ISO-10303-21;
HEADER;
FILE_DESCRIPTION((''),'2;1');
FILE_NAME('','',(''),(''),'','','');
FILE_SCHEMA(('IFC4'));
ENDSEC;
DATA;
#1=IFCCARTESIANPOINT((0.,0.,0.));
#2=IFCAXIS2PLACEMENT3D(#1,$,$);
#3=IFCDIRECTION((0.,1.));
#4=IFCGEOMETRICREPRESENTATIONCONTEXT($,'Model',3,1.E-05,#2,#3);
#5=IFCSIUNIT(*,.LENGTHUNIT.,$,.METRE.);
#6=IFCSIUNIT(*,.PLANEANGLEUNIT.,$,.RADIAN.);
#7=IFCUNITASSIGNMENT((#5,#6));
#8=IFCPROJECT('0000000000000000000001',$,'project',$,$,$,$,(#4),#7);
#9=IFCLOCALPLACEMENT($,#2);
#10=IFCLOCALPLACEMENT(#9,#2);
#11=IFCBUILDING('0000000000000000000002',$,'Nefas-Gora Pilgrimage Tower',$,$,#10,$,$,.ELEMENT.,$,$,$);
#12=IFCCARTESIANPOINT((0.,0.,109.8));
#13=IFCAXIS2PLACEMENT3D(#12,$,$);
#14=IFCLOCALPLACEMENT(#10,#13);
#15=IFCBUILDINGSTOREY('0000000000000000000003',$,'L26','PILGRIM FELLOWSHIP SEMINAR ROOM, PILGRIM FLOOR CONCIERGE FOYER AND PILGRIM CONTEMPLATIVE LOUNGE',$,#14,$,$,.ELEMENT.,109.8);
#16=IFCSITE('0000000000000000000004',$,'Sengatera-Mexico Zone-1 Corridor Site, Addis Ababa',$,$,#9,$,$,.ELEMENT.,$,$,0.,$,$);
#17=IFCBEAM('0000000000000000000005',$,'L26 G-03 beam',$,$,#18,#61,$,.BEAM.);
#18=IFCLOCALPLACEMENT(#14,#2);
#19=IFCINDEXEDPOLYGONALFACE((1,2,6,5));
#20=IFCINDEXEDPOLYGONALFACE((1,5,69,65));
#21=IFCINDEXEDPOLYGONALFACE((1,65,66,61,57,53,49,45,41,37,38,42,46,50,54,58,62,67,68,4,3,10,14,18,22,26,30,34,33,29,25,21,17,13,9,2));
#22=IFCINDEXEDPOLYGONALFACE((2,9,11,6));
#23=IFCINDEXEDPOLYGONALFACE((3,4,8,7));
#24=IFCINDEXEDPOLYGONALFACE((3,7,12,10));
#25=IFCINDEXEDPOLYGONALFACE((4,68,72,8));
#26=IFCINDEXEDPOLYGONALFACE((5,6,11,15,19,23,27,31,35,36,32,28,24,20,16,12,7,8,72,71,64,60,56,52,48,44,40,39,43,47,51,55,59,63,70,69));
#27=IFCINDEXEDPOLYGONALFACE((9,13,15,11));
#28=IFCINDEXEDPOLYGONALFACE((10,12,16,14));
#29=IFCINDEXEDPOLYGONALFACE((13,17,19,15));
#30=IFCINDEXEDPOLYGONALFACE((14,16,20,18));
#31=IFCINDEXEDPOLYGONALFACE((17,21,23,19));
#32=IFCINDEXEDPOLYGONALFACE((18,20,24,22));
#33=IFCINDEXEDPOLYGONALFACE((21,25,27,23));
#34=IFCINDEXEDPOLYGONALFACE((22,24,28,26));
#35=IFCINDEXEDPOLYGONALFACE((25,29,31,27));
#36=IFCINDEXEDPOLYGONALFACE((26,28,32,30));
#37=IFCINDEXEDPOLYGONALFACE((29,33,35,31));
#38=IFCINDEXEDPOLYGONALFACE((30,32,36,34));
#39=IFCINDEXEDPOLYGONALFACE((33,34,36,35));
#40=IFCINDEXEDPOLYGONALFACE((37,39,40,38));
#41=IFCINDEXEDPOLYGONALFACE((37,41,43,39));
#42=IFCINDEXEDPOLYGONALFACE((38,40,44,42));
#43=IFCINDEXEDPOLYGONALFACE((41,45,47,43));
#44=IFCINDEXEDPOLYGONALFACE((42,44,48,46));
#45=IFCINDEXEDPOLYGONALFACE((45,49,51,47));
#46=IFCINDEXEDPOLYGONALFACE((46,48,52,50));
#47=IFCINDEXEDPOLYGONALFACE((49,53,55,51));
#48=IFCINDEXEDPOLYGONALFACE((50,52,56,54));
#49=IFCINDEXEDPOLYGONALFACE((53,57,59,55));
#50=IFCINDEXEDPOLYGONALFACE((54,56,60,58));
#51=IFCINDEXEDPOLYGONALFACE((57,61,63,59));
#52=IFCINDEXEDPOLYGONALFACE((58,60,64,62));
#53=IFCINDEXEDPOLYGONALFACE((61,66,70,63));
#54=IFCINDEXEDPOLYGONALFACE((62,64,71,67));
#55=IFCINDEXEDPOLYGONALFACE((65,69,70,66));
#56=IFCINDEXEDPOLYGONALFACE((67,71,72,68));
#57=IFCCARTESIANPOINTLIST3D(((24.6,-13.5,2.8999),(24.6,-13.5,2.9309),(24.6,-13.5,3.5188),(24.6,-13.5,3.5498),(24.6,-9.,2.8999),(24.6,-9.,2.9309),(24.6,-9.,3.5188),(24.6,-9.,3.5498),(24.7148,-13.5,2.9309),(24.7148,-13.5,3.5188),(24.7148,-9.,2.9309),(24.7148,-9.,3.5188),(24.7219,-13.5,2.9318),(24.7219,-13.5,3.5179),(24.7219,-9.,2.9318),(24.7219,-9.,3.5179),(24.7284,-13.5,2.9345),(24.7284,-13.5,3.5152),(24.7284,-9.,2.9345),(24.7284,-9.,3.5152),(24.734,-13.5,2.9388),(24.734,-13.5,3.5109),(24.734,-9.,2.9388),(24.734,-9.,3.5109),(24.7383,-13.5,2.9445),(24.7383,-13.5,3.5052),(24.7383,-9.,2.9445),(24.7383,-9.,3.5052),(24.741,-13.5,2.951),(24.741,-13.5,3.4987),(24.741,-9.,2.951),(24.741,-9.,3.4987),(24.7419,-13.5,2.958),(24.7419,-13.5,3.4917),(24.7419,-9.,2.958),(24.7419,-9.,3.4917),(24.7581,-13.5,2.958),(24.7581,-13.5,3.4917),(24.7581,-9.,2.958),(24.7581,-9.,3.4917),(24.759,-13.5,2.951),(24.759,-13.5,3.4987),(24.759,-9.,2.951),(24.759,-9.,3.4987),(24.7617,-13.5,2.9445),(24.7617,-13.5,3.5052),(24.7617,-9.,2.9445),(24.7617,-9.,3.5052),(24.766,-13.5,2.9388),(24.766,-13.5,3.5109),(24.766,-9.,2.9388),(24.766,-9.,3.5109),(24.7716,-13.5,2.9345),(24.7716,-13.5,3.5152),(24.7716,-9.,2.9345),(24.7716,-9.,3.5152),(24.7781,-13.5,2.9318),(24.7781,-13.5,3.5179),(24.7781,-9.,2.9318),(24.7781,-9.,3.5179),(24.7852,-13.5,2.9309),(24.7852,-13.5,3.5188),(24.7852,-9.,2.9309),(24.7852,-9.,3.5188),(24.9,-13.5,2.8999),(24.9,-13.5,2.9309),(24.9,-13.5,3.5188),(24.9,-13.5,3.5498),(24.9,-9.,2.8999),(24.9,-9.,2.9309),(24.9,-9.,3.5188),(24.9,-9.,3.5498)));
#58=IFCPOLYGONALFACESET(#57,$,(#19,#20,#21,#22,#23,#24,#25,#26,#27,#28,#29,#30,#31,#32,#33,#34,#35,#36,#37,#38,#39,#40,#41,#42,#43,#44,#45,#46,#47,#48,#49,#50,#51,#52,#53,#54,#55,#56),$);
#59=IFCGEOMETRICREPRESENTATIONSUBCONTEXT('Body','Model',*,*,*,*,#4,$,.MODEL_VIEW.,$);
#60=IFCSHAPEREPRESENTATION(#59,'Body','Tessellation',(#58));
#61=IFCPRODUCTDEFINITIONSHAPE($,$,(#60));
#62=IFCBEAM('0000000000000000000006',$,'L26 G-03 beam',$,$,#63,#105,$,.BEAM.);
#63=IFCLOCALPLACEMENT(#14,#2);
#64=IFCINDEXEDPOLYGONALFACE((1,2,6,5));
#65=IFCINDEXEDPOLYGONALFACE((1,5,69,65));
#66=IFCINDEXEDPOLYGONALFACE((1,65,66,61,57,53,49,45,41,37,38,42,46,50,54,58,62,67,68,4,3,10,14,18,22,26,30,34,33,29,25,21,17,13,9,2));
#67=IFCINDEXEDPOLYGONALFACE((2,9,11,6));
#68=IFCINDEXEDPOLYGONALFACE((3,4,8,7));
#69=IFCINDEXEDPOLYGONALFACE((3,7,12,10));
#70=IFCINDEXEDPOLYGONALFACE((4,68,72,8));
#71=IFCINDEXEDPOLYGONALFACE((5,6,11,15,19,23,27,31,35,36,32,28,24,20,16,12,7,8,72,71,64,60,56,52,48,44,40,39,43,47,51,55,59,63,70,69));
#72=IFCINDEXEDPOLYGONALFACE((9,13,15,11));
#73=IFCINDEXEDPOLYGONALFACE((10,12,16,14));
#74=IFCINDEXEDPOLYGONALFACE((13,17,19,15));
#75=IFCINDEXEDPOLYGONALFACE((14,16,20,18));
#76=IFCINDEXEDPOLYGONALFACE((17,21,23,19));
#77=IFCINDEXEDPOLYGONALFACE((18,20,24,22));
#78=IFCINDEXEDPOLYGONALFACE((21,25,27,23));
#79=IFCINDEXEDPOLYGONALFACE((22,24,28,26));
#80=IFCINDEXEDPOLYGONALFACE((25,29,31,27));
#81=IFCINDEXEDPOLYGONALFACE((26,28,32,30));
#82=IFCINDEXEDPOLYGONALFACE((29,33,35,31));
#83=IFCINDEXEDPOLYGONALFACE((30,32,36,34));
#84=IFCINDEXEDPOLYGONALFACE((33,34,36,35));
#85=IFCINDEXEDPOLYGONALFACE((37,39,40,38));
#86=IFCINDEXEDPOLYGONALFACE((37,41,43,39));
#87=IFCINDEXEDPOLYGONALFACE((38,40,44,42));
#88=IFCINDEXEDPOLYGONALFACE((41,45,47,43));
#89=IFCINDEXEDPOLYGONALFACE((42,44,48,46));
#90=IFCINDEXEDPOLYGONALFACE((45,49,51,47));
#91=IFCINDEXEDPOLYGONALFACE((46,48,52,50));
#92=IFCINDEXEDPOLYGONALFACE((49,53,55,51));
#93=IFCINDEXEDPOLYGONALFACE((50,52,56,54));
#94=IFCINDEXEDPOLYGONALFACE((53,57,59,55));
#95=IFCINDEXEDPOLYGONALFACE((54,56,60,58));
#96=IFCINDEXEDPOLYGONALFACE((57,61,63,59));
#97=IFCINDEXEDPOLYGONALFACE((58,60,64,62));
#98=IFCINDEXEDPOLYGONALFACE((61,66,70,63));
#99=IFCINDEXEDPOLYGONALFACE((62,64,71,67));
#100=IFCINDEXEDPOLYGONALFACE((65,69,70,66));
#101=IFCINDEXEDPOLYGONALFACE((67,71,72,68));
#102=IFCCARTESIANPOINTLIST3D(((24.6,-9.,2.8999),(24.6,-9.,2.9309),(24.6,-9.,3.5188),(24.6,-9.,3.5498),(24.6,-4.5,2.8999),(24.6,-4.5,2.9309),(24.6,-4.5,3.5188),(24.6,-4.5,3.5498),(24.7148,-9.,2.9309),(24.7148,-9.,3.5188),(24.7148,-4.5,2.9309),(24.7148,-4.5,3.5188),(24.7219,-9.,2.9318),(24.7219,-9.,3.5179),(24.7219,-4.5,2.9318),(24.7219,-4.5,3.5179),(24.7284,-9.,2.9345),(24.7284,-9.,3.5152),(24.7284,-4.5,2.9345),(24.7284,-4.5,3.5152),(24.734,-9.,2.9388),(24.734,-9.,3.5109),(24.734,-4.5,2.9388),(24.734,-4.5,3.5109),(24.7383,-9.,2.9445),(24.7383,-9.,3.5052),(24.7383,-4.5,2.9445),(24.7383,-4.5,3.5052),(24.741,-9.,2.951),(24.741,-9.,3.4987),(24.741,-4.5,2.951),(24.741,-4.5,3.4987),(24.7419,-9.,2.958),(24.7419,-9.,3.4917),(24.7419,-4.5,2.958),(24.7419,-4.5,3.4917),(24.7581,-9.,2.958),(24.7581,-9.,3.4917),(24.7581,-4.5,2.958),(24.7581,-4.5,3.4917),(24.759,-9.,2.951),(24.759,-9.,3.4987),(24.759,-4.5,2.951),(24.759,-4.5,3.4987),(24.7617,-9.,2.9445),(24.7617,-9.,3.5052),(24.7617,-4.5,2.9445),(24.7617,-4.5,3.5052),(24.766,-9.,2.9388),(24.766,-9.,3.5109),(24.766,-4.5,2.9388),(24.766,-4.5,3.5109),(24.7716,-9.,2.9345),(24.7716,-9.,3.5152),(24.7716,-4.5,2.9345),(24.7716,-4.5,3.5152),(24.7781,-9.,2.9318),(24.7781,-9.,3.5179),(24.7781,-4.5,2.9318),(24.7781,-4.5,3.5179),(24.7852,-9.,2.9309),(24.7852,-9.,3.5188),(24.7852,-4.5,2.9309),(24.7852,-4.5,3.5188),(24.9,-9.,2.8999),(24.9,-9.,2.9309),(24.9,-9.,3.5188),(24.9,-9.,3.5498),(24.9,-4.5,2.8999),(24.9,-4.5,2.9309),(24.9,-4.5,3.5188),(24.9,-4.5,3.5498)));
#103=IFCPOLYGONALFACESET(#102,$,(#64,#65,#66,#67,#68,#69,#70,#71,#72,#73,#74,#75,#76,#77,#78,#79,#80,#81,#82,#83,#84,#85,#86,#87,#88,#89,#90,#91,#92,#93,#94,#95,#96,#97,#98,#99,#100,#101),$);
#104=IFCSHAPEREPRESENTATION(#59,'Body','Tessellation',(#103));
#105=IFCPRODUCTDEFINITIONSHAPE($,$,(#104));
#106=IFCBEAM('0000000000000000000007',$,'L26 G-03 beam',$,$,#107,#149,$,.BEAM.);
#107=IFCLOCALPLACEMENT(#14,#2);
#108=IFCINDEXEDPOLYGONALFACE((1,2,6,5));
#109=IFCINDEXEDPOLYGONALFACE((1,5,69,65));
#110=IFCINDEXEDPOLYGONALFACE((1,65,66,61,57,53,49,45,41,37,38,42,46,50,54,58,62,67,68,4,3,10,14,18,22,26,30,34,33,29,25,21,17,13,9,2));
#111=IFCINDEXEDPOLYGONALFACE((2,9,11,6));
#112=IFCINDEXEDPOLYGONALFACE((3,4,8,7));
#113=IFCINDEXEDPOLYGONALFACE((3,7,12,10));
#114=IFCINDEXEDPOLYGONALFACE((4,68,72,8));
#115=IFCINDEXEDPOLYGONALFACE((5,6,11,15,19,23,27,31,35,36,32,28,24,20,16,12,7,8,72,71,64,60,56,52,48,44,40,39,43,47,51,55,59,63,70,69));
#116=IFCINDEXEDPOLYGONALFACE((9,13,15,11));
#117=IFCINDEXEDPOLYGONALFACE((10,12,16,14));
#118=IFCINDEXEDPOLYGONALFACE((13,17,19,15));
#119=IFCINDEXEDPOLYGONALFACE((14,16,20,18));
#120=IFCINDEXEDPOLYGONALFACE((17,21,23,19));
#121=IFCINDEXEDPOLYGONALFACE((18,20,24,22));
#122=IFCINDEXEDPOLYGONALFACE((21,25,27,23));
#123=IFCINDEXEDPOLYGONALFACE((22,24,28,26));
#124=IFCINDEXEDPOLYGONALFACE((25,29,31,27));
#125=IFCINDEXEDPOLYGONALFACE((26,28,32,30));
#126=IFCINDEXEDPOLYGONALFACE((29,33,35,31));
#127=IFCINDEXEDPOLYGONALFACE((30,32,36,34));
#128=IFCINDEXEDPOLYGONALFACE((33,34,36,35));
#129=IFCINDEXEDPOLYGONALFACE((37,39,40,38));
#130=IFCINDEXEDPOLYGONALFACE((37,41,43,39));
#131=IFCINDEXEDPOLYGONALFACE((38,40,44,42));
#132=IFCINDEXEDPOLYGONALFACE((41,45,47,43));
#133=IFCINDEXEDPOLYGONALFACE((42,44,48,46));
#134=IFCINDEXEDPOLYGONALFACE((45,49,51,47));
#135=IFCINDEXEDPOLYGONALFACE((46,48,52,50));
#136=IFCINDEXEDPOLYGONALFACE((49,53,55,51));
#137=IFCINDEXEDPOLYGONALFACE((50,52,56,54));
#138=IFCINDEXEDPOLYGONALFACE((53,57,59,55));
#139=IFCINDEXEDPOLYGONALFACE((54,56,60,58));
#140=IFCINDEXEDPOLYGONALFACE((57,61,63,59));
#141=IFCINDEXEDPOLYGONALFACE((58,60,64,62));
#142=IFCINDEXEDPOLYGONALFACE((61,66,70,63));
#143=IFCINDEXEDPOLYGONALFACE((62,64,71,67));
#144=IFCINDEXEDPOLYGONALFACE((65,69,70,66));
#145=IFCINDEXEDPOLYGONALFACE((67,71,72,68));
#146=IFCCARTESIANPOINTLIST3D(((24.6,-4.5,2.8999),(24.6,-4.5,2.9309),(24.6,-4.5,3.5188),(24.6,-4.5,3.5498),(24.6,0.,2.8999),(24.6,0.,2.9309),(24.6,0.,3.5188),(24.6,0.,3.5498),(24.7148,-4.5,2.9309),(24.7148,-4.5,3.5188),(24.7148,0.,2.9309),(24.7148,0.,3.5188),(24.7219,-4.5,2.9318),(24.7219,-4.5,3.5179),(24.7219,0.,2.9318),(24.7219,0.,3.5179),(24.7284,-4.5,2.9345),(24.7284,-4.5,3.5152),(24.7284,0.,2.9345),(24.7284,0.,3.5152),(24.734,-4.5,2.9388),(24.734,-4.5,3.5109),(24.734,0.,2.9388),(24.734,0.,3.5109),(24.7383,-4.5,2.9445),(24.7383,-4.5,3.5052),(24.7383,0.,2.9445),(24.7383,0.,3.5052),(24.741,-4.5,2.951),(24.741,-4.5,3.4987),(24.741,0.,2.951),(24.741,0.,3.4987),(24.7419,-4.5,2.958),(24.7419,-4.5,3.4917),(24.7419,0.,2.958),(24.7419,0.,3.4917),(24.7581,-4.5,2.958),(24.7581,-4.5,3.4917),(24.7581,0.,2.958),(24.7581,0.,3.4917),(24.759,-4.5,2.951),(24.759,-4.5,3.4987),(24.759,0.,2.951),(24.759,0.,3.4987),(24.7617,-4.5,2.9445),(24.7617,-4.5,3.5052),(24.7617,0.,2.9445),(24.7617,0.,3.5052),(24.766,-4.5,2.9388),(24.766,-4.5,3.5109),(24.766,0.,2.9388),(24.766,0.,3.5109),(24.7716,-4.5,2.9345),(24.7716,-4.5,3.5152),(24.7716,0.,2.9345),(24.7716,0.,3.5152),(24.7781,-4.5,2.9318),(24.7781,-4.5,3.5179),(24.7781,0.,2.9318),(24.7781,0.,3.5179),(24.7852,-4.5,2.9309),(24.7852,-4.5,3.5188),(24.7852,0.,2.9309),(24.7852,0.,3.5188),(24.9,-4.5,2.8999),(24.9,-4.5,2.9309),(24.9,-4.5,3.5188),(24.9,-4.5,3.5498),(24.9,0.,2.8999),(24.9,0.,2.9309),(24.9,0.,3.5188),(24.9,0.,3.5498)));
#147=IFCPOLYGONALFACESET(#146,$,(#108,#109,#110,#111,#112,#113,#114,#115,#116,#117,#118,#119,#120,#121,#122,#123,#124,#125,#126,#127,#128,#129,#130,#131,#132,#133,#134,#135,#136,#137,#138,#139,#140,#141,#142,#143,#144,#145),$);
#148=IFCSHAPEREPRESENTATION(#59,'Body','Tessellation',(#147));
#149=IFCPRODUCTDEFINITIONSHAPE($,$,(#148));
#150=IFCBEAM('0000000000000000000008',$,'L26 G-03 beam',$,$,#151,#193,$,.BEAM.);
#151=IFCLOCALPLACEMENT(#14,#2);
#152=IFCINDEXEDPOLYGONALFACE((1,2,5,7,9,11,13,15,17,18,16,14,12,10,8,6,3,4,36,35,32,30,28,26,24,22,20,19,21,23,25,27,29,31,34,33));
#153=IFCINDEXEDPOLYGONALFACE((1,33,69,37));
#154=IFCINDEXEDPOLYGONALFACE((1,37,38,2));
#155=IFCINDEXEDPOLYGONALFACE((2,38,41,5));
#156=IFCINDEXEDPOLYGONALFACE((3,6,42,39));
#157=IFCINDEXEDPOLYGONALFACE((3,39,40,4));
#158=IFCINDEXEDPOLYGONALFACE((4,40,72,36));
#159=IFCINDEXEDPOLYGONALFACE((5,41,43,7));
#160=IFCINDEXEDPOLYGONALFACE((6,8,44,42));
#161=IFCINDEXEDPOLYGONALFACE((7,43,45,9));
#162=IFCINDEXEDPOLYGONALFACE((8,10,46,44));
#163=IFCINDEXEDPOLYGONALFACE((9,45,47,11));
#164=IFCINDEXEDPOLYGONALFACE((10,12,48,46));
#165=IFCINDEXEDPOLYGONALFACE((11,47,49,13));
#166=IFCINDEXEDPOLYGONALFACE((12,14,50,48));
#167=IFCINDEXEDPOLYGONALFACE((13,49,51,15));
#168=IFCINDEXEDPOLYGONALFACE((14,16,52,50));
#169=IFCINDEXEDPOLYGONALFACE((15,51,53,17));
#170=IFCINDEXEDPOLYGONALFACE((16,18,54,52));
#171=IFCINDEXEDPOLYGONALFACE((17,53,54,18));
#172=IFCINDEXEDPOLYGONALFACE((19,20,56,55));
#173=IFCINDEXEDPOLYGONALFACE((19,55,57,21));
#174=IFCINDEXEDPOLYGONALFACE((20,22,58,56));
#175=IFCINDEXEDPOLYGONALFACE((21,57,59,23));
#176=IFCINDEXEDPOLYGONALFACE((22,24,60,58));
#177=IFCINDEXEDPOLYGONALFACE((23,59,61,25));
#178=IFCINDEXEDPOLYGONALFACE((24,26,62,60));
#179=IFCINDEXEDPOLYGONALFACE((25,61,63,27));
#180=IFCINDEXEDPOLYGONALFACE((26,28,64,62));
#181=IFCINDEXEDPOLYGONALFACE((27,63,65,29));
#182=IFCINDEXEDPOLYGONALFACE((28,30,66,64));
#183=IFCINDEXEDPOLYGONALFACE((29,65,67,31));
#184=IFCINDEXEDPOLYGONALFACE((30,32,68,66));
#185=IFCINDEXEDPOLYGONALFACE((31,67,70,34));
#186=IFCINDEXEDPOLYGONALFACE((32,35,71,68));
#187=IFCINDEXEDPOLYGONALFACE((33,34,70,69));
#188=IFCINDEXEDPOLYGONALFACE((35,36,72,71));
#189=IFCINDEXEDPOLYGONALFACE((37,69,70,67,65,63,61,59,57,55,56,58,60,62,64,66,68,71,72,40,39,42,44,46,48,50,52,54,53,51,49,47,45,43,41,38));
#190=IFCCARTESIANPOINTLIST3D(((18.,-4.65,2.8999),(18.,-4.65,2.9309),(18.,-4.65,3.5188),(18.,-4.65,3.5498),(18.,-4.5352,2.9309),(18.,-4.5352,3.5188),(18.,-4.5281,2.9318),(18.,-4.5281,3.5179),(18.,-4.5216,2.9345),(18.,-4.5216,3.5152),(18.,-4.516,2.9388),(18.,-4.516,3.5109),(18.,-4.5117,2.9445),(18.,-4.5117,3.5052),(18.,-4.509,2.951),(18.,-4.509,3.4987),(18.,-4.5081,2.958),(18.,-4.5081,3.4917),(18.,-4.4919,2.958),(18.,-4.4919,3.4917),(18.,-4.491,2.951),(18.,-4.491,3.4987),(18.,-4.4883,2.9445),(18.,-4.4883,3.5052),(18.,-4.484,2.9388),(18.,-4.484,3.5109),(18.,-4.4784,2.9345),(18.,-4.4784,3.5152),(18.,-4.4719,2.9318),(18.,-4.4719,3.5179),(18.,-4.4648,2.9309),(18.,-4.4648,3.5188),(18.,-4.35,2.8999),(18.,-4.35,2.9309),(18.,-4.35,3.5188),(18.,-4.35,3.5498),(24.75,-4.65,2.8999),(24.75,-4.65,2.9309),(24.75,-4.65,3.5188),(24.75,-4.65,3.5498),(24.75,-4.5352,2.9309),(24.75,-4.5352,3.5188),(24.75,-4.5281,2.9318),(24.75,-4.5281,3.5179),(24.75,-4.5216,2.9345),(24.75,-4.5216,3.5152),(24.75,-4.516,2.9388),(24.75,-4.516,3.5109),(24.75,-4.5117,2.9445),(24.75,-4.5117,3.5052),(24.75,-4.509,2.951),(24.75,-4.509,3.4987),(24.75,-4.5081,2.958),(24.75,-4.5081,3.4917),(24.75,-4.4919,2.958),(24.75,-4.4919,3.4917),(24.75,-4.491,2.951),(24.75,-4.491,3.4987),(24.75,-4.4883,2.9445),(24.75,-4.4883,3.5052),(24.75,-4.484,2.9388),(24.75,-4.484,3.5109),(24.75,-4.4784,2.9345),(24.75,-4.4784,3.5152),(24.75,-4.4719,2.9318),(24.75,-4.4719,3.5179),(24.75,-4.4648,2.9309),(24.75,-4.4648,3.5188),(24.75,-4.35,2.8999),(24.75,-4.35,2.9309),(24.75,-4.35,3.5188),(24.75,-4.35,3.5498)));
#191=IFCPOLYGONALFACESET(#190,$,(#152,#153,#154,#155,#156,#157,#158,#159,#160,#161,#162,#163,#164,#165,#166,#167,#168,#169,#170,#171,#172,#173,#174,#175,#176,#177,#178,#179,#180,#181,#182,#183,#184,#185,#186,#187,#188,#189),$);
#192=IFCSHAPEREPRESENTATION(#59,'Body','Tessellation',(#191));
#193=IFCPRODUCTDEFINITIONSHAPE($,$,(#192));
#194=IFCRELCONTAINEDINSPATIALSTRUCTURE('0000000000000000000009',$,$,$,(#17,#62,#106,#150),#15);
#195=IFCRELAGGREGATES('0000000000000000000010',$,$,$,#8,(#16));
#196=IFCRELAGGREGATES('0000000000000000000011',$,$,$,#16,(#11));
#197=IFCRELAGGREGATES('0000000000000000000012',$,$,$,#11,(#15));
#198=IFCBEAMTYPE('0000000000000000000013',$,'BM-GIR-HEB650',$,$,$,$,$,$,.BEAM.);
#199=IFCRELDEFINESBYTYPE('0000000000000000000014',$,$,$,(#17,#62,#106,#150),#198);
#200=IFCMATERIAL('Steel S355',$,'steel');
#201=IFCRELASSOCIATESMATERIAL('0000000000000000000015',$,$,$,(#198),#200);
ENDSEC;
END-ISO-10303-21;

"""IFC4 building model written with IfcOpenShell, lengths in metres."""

from ifc_helpers import new_model, si_unit, direction, frame, origin, origin_2d, place, context, subcontext, project, spatial, i_section, extrude, source, transform, mapped, material, material_profile, profile_set, type_object, element, save


model = new_model("IFC4")

# Units and contexts
model_context = context("Model", 3, precision=1e-05, world=origin(), true_north=direction((0.0, 1.0)))
body_context = subcontext(model_context, "Body", "Model", "MODEL_VIEW")
ifc_project = project(units=[si_unit("LENGTHUNIT", "METRE"), si_unit("PLANEANGLEUNIT", "RADIAN")], contexts=[model_context])

# Site, building, storey
site_placement = place(None, origin())
site = spatial("IfcSite", under=ifc_project, at=site_placement, Name="Sengatera-Mexico Zone-1 Corridor Site, Addis Ababa", CompositionType="ELEMENT", RefElevation=0.0)
building_placement = place(site_placement, origin())
building = spatial("IfcBuilding", under=site, at=building_placement, Name="Nefas-Gora Pilgrimage Tower", CompositionType="ELEMENT")
storey_placement = place(building_placement, frame((0.0, 0.0, 109.8)))
storey = spatial("IfcBuildingStorey", under=building, at=storey_placement, Name="L26", Description="PILGRIM FELLOWSHIP SEMINAR ROOM, PILGRIM FLOOR CONCIERGE FOYER AND PILGRIM CONTEMPLATIVE LOUNGE", CompositionType="ELEMENT", Elevation=109.8)

# Beams
ifc_material_1 = material(Name="Steel S355", Category="steel")
ifc_material_profile_1 = material_profile(ifc_material_1, i_section(OverallWidth=0.3, OverallDepth=0.6499, WebThickness=0.0161, FlangeThickness=0.031, FilletRadius=0.0271, at=origin_2d()), Name="HEB 650")
ifc_profile_set_1 = profile_set([ifc_material_profile_1], Name="Steel S355")
beam_type_1 = type_object("IfcBeamType", Name="BM-GIR-HEB650", PredefinedType="BEAM", material=ifc_profile_set_1)
shared_shape_1 = source(origin(), body_context, "Body", "SweptSolid", [
    extrude(i_section(OverallWidth=0.3, OverallDepth=0.6499, WebThickness=0.0161, FlangeThickness=0.031, FilletRadius=0.0271, at=origin_2d()), origin(), (0.0, 0.0, 1.0), 4.5),
])
for number, where, z_axis, x_axis, name in (
    (1, (24.75, -13.5, 3.2249), (0.0, 1.0, 0.0), (-1.0, 0.0, 0.0), "L26 G-03 beam"),
    (2, (24.75, -9.0, 3.2249), (0.0, 1.0, 0.0), (-1.0, 0.0, 0.0), "L26 G-03 beam"),
    (3, (24.75, -4.5, 3.2249), (0.0, 1.0, 0.0), (-1.0, 0.0, 0.0), "L26 G-03 beam"),
):
    element("IfcBeam", number, at=place(storey_placement, frame(where, z_axis=z_axis, x_axis=x_axis)), inside=storey, type_object=beam_type_1, Name=name, PredefinedType="BEAM", context=body_context, shape_type="MappedRepresentation", body=[
        mapped(shared_shape_1, transform((0.0, 0.0, 0.0), x_axis=(1.0, 0.0, 0.0), y_axis=(0.0, 1.0, 0.0), z_axis=(0.0, 0.0, 1.0), scale=1.0)),
    ])
shared_shape_2 = source(origin(), body_context, "Body", "SweptSolid", [
    extrude(i_section(OverallWidth=0.3, OverallDepth=0.6499, WebThickness=0.0161, FlangeThickness=0.031, FilletRadius=0.0271, at=origin_2d()), origin(), (0.0, 0.0, 1.0), 6.75),
])
beam_placement = place(storey_placement, frame((18.0, -4.5, 3.2249), z_axis=(1.0, 0.0, 0.0), x_axis=(0.0, 1.0, 0.0)))
element("IfcBeam", 4, at=beam_placement, inside=storey, type_object=beam_type_1, Name="L26 G-03 beam", PredefinedType="BEAM", context=body_context, shape_type="MappedRepresentation", body=[
    mapped(shared_shape_2, transform((0.0, 0.0, 0.0), x_axis=(1.0, 0.0, 0.0), y_axis=(0.0, 1.0, 0.0), z_axis=(0.0, 0.0, 1.0), scale=1.0)),
])

save(model, "model.ifc")
